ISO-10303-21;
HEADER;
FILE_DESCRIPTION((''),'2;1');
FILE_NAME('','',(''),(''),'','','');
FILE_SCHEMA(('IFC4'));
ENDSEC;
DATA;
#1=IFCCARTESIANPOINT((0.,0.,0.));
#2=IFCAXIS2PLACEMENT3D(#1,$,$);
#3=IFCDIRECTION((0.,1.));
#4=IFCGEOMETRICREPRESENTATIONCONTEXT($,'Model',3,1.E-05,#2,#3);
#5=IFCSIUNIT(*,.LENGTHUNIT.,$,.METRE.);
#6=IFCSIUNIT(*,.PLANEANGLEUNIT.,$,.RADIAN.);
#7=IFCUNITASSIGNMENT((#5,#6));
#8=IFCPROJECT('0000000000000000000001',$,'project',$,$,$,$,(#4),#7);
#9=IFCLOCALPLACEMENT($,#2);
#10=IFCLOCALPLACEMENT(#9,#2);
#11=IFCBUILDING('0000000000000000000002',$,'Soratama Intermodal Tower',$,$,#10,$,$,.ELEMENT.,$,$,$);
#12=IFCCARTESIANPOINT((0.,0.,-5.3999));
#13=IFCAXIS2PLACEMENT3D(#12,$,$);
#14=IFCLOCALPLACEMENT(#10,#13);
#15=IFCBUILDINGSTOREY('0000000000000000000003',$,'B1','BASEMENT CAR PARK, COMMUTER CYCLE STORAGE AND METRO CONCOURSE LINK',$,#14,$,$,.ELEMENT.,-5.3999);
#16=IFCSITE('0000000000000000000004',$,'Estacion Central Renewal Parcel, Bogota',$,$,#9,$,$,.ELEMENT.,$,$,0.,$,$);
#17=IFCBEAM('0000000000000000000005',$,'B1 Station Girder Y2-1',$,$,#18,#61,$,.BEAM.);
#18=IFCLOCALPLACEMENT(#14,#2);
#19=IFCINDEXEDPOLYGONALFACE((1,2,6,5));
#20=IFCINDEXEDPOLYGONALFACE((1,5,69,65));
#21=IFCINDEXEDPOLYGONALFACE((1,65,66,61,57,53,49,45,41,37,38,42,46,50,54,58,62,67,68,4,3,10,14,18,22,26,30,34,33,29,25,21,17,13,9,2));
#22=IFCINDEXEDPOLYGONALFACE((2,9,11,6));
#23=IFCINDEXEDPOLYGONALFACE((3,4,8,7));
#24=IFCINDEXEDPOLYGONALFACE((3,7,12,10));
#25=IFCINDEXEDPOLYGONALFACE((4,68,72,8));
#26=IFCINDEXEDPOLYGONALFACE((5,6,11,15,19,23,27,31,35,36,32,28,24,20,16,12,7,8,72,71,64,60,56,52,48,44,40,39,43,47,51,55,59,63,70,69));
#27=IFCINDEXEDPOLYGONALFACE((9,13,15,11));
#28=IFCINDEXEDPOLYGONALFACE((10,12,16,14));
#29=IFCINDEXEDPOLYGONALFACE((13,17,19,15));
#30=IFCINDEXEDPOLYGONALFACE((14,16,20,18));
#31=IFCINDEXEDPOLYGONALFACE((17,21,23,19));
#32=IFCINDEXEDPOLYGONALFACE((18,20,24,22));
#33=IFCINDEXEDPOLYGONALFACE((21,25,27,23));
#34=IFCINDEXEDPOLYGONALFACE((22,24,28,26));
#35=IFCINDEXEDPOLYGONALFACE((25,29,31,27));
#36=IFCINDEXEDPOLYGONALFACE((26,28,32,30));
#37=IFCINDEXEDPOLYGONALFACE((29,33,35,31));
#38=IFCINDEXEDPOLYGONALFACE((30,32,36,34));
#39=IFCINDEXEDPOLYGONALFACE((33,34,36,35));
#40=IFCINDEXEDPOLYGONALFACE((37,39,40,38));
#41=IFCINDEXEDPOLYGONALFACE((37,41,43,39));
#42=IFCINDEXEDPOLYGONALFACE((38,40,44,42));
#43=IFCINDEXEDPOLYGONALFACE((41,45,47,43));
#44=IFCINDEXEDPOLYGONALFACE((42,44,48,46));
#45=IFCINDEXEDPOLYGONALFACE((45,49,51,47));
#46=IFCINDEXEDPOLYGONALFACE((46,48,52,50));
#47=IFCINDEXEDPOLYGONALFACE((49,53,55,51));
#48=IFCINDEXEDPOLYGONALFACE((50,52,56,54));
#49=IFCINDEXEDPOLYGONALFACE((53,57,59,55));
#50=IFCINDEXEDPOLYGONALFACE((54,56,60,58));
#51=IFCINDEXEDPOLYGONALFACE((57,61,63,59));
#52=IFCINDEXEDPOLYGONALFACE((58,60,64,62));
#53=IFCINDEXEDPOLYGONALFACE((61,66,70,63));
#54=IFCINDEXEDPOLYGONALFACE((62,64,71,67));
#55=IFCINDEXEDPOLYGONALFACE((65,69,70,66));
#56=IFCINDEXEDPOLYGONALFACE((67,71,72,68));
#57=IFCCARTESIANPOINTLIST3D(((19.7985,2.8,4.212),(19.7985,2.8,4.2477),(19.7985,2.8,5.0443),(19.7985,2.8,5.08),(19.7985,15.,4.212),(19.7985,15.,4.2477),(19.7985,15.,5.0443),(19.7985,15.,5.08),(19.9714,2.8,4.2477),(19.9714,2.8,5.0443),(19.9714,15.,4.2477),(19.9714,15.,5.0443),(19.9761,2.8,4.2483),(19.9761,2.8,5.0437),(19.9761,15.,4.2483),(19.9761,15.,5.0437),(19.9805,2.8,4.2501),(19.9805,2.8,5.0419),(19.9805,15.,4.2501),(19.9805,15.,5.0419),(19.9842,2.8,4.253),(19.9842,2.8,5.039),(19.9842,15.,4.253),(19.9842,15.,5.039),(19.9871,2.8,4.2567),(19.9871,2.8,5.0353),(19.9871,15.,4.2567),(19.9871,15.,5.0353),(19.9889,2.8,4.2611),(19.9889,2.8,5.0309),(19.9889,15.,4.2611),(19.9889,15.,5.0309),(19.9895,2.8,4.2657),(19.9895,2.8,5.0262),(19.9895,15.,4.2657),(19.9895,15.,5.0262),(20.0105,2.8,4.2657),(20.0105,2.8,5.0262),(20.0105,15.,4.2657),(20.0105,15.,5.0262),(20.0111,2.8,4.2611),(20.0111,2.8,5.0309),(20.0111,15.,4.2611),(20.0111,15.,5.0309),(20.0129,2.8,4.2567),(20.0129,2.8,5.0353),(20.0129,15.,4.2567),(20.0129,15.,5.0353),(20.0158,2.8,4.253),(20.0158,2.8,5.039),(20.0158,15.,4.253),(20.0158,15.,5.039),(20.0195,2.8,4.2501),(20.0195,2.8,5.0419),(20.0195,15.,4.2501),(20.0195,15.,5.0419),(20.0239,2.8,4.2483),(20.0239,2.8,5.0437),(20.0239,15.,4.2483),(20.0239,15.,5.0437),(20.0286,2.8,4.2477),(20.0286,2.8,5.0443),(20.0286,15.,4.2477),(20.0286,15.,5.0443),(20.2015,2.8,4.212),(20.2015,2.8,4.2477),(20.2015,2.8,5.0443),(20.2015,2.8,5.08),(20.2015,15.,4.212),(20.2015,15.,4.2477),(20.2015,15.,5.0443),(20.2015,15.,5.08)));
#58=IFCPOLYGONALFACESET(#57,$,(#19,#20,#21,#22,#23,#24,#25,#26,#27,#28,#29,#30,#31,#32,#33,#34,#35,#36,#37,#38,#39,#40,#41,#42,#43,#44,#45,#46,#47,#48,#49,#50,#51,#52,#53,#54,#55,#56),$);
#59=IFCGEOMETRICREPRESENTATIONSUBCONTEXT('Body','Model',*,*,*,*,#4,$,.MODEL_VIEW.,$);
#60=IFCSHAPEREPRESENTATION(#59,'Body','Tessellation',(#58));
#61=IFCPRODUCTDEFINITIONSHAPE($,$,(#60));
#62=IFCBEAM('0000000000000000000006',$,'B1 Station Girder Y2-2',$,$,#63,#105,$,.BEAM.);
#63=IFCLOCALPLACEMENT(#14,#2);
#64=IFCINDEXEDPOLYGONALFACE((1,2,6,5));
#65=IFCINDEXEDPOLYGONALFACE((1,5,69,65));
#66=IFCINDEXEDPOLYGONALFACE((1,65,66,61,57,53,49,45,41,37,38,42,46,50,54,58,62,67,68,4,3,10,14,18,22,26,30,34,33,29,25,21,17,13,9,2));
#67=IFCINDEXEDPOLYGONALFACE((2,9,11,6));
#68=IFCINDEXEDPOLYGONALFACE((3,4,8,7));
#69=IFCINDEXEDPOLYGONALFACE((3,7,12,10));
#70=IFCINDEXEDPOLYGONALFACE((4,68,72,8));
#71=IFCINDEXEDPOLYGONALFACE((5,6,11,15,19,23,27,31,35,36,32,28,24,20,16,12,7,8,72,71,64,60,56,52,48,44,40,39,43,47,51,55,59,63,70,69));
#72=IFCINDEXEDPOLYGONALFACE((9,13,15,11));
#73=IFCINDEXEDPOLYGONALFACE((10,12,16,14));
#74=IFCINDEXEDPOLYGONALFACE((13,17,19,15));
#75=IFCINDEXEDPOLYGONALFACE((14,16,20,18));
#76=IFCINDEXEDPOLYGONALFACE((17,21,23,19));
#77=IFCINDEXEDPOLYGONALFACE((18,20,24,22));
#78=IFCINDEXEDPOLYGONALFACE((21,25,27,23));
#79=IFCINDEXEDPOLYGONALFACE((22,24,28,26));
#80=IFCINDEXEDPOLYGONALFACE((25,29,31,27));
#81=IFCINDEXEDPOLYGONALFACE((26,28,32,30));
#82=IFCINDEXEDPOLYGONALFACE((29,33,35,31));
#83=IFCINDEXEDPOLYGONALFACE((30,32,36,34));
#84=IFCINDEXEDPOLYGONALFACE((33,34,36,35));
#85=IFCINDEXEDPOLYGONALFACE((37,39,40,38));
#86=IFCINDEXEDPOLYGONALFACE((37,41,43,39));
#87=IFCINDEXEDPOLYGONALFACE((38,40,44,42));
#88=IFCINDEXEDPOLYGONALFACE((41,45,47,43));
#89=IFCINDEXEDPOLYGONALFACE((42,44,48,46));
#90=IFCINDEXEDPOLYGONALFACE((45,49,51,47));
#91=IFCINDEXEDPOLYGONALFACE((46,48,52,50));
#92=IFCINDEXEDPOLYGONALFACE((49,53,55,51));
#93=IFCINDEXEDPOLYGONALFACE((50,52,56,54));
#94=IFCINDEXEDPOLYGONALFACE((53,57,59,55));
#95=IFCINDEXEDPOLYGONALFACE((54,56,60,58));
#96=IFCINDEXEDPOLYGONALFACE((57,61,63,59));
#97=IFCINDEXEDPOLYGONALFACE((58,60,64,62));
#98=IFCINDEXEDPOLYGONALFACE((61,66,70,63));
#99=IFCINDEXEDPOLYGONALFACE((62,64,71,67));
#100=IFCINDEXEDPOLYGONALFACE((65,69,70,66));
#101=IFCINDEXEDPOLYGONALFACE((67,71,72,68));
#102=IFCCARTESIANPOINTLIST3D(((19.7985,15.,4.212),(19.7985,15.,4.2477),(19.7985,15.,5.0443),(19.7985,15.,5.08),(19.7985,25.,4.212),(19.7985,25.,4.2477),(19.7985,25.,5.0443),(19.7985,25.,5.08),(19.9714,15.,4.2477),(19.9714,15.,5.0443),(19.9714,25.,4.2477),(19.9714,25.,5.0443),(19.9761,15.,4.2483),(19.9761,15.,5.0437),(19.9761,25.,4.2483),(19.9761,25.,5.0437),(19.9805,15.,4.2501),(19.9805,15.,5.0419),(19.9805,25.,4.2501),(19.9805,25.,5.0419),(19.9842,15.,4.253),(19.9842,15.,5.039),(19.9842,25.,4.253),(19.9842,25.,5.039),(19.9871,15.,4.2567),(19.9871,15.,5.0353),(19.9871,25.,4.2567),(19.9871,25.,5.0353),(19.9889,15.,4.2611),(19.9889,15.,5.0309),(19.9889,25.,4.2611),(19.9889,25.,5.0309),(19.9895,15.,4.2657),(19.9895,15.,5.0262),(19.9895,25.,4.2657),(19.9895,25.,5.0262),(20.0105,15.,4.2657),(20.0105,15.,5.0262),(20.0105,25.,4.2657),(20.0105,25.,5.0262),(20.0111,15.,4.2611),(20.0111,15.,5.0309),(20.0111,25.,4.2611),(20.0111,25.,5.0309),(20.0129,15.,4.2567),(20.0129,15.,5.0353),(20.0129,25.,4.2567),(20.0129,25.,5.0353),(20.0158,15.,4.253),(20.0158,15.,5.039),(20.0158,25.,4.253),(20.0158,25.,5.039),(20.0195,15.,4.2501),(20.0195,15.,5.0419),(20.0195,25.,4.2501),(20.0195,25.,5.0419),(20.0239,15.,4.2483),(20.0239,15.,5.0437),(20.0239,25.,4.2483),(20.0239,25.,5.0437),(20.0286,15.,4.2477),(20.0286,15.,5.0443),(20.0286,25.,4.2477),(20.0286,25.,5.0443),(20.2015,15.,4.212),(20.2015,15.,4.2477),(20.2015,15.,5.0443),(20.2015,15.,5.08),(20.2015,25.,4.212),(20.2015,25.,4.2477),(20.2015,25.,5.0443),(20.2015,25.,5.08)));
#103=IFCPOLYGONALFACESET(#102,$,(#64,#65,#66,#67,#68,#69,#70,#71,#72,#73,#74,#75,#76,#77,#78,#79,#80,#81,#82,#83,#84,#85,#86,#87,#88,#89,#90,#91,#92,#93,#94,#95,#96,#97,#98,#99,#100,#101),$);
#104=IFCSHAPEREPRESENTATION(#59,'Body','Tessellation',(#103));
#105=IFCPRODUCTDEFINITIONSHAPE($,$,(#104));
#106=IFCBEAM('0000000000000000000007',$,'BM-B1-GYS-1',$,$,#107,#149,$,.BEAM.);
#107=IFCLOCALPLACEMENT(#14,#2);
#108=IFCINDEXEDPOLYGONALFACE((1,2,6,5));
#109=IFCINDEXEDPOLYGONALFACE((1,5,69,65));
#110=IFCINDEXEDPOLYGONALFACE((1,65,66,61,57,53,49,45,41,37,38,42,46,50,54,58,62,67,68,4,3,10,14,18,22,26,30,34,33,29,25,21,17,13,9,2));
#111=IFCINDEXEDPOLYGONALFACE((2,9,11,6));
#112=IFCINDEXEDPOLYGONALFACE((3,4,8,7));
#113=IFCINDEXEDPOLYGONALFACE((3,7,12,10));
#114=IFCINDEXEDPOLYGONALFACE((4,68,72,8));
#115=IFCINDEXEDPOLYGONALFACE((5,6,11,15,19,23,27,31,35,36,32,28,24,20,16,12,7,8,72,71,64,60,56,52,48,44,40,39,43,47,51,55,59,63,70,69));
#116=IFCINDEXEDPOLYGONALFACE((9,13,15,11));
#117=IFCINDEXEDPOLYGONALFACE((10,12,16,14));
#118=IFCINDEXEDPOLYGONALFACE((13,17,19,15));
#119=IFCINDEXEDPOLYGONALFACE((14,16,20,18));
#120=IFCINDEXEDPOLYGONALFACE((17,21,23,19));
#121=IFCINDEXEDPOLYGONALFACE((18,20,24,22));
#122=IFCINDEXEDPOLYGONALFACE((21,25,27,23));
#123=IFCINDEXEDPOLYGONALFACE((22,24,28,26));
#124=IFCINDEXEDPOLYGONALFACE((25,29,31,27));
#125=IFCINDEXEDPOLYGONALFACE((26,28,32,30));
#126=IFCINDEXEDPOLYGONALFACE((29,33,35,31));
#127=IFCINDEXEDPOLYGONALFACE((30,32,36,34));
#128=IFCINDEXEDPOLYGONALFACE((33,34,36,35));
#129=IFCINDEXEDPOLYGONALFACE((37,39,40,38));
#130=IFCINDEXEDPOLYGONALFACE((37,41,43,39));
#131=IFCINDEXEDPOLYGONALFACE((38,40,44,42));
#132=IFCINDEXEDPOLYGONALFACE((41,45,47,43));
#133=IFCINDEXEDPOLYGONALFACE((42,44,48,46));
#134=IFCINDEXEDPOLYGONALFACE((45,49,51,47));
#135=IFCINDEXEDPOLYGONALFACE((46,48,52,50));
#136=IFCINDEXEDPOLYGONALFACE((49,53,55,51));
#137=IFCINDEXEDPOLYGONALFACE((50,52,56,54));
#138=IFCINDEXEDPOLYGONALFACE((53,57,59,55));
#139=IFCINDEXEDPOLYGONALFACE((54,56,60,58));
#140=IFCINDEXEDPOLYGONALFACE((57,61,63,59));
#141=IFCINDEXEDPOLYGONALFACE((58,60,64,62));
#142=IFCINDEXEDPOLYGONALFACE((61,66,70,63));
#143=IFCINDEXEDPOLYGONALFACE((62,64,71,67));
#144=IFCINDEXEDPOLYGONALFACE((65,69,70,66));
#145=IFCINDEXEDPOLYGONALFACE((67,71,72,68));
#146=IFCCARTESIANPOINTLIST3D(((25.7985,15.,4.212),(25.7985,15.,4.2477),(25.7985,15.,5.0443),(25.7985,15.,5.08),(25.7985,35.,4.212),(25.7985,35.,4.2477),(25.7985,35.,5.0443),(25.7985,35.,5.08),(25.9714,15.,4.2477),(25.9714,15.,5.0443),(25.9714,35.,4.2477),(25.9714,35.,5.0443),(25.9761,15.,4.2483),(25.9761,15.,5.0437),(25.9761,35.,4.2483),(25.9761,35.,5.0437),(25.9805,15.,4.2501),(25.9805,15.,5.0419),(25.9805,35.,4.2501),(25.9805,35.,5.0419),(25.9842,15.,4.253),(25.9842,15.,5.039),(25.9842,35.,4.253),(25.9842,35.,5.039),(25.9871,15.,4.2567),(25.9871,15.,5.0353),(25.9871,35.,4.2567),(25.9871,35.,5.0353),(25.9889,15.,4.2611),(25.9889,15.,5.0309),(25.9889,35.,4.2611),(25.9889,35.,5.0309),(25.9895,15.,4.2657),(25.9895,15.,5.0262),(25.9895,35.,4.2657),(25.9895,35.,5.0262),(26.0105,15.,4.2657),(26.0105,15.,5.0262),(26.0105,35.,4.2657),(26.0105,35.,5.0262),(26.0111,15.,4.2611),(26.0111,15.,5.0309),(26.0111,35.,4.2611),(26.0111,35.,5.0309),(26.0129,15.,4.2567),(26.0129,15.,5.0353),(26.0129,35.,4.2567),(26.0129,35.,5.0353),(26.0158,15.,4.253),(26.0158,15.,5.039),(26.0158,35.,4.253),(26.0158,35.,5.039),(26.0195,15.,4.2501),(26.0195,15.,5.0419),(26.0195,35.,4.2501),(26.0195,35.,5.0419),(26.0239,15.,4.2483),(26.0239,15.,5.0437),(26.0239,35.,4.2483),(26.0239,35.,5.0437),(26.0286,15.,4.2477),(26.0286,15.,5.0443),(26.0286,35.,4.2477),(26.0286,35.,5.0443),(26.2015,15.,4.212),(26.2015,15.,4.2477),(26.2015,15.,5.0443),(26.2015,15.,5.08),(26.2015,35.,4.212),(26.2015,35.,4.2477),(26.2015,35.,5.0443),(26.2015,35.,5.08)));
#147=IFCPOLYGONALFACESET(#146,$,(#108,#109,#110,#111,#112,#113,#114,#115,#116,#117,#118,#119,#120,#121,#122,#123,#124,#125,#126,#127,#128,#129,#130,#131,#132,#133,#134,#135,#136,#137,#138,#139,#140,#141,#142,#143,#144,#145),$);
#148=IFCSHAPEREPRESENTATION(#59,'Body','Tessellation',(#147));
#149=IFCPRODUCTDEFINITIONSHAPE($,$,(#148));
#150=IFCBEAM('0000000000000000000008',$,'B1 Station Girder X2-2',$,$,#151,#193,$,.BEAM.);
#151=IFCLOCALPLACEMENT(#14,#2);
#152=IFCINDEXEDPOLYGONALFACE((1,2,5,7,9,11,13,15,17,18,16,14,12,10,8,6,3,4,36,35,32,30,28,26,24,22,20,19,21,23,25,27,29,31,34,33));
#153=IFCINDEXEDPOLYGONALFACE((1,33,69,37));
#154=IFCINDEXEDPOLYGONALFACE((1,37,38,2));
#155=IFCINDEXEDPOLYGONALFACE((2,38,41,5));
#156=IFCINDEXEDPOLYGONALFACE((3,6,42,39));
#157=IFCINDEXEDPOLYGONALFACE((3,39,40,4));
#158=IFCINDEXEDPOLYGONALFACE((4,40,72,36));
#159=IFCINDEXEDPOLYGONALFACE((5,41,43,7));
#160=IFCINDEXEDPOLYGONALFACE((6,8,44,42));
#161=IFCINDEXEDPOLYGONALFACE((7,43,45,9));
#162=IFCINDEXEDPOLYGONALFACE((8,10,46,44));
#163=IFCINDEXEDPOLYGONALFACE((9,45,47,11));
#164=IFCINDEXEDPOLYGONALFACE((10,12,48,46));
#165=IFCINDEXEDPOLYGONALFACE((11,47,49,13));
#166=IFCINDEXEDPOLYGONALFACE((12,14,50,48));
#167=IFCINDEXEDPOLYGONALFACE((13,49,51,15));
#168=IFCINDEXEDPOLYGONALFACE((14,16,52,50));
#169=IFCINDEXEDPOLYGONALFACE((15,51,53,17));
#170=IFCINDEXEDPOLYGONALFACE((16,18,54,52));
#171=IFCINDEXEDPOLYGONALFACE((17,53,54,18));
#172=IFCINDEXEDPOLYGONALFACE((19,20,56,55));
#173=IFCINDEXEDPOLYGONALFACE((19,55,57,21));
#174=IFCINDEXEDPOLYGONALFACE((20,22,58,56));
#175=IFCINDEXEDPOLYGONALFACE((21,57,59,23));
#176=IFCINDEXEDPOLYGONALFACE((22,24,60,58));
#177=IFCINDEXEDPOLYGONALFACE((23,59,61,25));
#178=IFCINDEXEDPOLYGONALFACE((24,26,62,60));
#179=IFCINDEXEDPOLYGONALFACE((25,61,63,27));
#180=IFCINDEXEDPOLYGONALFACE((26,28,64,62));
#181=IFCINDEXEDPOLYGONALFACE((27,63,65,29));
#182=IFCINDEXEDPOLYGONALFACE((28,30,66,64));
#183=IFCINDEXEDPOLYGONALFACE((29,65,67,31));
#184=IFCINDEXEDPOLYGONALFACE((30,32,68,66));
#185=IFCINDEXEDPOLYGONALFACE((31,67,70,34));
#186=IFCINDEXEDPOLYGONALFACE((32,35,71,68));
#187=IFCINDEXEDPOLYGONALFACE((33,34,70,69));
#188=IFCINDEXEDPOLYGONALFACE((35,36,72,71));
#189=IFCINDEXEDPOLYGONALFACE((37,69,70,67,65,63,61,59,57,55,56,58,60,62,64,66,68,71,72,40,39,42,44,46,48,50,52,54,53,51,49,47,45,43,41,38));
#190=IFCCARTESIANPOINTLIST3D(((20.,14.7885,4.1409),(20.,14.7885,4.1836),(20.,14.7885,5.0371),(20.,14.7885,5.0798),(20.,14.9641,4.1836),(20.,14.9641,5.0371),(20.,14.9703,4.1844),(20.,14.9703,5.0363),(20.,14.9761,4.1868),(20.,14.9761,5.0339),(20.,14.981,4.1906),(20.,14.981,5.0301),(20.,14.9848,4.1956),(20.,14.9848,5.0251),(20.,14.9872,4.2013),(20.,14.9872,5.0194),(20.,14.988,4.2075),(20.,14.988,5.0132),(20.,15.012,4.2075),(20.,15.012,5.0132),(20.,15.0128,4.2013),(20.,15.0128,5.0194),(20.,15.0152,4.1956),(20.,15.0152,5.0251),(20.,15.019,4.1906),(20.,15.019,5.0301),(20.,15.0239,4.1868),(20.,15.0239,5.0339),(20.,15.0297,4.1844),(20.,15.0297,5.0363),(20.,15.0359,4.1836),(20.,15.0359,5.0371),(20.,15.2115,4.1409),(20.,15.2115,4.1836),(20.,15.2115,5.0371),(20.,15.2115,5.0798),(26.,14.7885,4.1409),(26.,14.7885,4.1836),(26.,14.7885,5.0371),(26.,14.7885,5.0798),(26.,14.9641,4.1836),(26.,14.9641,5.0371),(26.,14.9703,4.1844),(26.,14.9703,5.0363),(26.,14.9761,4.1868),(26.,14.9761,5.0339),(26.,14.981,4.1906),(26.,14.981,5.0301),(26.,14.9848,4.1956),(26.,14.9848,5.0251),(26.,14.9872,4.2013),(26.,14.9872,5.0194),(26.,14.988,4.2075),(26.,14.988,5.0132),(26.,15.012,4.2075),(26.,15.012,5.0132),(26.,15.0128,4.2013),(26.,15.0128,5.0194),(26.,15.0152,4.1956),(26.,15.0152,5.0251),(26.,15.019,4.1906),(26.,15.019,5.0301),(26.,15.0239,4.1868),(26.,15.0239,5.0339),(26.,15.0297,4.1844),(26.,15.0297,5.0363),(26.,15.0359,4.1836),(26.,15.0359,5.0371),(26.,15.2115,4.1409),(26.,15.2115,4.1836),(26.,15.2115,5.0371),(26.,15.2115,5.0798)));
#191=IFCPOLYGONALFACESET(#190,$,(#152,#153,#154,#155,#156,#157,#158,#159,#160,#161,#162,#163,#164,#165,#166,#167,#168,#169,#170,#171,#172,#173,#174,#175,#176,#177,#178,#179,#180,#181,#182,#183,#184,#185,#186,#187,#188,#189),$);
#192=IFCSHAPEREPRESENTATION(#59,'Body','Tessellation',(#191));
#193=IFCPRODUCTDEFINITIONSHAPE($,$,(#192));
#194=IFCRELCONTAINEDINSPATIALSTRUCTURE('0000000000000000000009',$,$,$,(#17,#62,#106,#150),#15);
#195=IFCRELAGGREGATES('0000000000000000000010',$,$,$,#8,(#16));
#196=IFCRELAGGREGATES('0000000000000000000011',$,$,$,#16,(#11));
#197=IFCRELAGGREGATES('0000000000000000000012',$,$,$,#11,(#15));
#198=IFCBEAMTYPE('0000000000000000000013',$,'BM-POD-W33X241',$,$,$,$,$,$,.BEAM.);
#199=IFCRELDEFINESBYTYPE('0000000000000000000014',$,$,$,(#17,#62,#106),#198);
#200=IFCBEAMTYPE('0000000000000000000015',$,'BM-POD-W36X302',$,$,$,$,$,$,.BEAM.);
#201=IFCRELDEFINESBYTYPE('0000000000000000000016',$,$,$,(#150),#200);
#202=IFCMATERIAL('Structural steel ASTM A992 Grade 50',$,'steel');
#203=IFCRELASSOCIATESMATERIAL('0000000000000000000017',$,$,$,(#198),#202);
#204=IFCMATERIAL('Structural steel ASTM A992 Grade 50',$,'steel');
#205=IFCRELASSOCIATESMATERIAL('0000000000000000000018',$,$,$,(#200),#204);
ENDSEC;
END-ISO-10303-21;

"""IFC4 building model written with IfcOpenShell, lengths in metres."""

from ifc_helpers import new_model, si_unit, direction, frame, origin, origin_2d, place, context, subcontext, project, spatial, i_section, extrude, material, material_profile, profile_set, type_object, element, save


model = new_model("IFC4")

# Units and contexts
model_context = context("Model", 3, precision=1e-05, world=origin(), true_north=direction((0.0, 1.0)))
body_context = subcontext(model_context, "Body", "Model", "MODEL_VIEW")
ifc_project = project(units=[si_unit("LENGTHUNIT", "METRE"), si_unit("PLANEANGLEUNIT", "RADIAN")], contexts=[model_context])

# Site, building, storey
site_placement = place(None, origin())
site = spatial("IfcSite", under=ifc_project, at=site_placement, Name="Estacion Central Renewal Parcel, Bogota", CompositionType="ELEMENT", RefElevation=0.0)
building_placement = place(site_placement, origin())
building = spatial("IfcBuilding", under=site, at=building_placement, Name="Soratama Intermodal Tower", CompositionType="ELEMENT")
storey_placement = place(building_placement, frame((0.0, 0.0, -5.3999)))
storey = spatial("IfcBuildingStorey", under=building, at=storey_placement, Name="B1", Description="BASEMENT CAR PARK, COMMUTER CYCLE STORAGE AND METRO CONCOURSE LINK", CompositionType="ELEMENT", Elevation=-5.3999)

# Beams
ifc_material_1 = material(Name="Structural steel ASTM A992 Grade 50", Category="steel")
ifc_material_profile_1 = material_profile(ifc_material_1, i_section(OverallWidth=0.4031, OverallDepth=0.8679, WebThickness=0.021, FlangeThickness=0.0356, FilletRadius=0.0181, at=origin_2d()), Name="W33X241")
ifc_profile_set_1 = profile_set([ifc_material_profile_1], Name="Structural steel ASTM A992 Grade 50")
beam_type_1 = type_object("IfcBeamType", Name="BM-POD-W33X241", PredefinedType="BEAM", material=ifc_profile_set_1)
beam_1_placement = place(storey_placement, frame((20.0, 2.8, 4.646), z_axis=(0.0, 1.0, 0.0), x_axis=(-1.0, 0.0, 0.0)))
element("IfcBeam", 1, at=beam_1_placement, inside=storey, type_object=beam_type_1, Name="B1 Station Girder Y2-1", PredefinedType="BEAM", context=body_context, shape_type="SweptSolid", body=[
    extrude(i_section(OverallWidth=0.4031, OverallDepth=0.8679, WebThickness=0.021, FlangeThickness=0.0356, FilletRadius=0.0181, at=origin_2d()), origin(), (0.0, 0.0, 1.0), 12.2),
])
beam_2_placement = place(storey_placement, frame((20.0, 15.0, 4.646), z_axis=(0.0, 1.0, 0.0), x_axis=(-1.0, 0.0, 0.0)))
element("IfcBeam", 2, at=beam_2_placement, inside=storey, type_object=beam_type_1, Name="B1 Station Girder Y2-2", PredefinedType="BEAM", context=body_context, shape_type="SweptSolid", body=[
    extrude(i_section(OverallWidth=0.4031, OverallDepth=0.8679, WebThickness=0.021, FlangeThickness=0.0356, FilletRadius=0.0181, at=origin_2d()), origin(), (0.0, 0.0, 1.0), 10.0),
])
beam_3_placement = place(storey_placement, frame((26.0, 15.0, 4.646), z_axis=(0.0, 1.0, 0.0), x_axis=(-1.0, 0.0, 0.0)))
element("IfcBeam", 3, at=beam_3_placement, inside=storey, type_object=beam_type_1, Name="BM-B1-GYS-1", PredefinedType="BEAM", context=body_context, shape_type="SweptSolid", body=[
    extrude(i_section(OverallWidth=0.4031, OverallDepth=0.8679, WebThickness=0.021, FlangeThickness=0.0356, FilletRadius=0.0181, at=origin_2d()), origin(), (0.0, 0.0, 1.0), 20.0),
])
ifc_material_2 = material(Name="Structural steel ASTM A992 Grade 50", Category="steel")
ifc_material_profile_2 = material_profile(ifc_material_2, i_section(OverallWidth=0.4231, OverallDepth=0.939, WebThickness=0.0239, FlangeThickness=0.0427, FilletRadius=0.0239, at=origin_2d()), Name="W36X302")
ifc_profile_set_2 = profile_set([ifc_material_profile_2], Name="Structural steel ASTM A992 Grade 50")
beam_type_2 = type_object("IfcBeamType", Name="BM-POD-W36X302", PredefinedType="BEAM", material=ifc_profile_set_2)
beam_4_placement = place(storey_placement, frame((20.0, 15.0, 4.6104), z_axis=(1.0, 0.0, 0.0), x_axis=(0.0, 1.0, 0.0)))
element("IfcBeam", 4, at=beam_4_placement, inside=storey, type_object=beam_type_2, Name="B1 Station Girder X2-2", PredefinedType="BEAM", context=body_context, shape_type="SweptSolid", body=[
    extrude(i_section(OverallWidth=0.4231, OverallDepth=0.939, WebThickness=0.0239, FlangeThickness=0.0427, FilletRadius=0.0239, at=origin_2d()), origin(), (0.0, 0.0, 1.0), 6.0),
])

save(model, "model.ifc")
